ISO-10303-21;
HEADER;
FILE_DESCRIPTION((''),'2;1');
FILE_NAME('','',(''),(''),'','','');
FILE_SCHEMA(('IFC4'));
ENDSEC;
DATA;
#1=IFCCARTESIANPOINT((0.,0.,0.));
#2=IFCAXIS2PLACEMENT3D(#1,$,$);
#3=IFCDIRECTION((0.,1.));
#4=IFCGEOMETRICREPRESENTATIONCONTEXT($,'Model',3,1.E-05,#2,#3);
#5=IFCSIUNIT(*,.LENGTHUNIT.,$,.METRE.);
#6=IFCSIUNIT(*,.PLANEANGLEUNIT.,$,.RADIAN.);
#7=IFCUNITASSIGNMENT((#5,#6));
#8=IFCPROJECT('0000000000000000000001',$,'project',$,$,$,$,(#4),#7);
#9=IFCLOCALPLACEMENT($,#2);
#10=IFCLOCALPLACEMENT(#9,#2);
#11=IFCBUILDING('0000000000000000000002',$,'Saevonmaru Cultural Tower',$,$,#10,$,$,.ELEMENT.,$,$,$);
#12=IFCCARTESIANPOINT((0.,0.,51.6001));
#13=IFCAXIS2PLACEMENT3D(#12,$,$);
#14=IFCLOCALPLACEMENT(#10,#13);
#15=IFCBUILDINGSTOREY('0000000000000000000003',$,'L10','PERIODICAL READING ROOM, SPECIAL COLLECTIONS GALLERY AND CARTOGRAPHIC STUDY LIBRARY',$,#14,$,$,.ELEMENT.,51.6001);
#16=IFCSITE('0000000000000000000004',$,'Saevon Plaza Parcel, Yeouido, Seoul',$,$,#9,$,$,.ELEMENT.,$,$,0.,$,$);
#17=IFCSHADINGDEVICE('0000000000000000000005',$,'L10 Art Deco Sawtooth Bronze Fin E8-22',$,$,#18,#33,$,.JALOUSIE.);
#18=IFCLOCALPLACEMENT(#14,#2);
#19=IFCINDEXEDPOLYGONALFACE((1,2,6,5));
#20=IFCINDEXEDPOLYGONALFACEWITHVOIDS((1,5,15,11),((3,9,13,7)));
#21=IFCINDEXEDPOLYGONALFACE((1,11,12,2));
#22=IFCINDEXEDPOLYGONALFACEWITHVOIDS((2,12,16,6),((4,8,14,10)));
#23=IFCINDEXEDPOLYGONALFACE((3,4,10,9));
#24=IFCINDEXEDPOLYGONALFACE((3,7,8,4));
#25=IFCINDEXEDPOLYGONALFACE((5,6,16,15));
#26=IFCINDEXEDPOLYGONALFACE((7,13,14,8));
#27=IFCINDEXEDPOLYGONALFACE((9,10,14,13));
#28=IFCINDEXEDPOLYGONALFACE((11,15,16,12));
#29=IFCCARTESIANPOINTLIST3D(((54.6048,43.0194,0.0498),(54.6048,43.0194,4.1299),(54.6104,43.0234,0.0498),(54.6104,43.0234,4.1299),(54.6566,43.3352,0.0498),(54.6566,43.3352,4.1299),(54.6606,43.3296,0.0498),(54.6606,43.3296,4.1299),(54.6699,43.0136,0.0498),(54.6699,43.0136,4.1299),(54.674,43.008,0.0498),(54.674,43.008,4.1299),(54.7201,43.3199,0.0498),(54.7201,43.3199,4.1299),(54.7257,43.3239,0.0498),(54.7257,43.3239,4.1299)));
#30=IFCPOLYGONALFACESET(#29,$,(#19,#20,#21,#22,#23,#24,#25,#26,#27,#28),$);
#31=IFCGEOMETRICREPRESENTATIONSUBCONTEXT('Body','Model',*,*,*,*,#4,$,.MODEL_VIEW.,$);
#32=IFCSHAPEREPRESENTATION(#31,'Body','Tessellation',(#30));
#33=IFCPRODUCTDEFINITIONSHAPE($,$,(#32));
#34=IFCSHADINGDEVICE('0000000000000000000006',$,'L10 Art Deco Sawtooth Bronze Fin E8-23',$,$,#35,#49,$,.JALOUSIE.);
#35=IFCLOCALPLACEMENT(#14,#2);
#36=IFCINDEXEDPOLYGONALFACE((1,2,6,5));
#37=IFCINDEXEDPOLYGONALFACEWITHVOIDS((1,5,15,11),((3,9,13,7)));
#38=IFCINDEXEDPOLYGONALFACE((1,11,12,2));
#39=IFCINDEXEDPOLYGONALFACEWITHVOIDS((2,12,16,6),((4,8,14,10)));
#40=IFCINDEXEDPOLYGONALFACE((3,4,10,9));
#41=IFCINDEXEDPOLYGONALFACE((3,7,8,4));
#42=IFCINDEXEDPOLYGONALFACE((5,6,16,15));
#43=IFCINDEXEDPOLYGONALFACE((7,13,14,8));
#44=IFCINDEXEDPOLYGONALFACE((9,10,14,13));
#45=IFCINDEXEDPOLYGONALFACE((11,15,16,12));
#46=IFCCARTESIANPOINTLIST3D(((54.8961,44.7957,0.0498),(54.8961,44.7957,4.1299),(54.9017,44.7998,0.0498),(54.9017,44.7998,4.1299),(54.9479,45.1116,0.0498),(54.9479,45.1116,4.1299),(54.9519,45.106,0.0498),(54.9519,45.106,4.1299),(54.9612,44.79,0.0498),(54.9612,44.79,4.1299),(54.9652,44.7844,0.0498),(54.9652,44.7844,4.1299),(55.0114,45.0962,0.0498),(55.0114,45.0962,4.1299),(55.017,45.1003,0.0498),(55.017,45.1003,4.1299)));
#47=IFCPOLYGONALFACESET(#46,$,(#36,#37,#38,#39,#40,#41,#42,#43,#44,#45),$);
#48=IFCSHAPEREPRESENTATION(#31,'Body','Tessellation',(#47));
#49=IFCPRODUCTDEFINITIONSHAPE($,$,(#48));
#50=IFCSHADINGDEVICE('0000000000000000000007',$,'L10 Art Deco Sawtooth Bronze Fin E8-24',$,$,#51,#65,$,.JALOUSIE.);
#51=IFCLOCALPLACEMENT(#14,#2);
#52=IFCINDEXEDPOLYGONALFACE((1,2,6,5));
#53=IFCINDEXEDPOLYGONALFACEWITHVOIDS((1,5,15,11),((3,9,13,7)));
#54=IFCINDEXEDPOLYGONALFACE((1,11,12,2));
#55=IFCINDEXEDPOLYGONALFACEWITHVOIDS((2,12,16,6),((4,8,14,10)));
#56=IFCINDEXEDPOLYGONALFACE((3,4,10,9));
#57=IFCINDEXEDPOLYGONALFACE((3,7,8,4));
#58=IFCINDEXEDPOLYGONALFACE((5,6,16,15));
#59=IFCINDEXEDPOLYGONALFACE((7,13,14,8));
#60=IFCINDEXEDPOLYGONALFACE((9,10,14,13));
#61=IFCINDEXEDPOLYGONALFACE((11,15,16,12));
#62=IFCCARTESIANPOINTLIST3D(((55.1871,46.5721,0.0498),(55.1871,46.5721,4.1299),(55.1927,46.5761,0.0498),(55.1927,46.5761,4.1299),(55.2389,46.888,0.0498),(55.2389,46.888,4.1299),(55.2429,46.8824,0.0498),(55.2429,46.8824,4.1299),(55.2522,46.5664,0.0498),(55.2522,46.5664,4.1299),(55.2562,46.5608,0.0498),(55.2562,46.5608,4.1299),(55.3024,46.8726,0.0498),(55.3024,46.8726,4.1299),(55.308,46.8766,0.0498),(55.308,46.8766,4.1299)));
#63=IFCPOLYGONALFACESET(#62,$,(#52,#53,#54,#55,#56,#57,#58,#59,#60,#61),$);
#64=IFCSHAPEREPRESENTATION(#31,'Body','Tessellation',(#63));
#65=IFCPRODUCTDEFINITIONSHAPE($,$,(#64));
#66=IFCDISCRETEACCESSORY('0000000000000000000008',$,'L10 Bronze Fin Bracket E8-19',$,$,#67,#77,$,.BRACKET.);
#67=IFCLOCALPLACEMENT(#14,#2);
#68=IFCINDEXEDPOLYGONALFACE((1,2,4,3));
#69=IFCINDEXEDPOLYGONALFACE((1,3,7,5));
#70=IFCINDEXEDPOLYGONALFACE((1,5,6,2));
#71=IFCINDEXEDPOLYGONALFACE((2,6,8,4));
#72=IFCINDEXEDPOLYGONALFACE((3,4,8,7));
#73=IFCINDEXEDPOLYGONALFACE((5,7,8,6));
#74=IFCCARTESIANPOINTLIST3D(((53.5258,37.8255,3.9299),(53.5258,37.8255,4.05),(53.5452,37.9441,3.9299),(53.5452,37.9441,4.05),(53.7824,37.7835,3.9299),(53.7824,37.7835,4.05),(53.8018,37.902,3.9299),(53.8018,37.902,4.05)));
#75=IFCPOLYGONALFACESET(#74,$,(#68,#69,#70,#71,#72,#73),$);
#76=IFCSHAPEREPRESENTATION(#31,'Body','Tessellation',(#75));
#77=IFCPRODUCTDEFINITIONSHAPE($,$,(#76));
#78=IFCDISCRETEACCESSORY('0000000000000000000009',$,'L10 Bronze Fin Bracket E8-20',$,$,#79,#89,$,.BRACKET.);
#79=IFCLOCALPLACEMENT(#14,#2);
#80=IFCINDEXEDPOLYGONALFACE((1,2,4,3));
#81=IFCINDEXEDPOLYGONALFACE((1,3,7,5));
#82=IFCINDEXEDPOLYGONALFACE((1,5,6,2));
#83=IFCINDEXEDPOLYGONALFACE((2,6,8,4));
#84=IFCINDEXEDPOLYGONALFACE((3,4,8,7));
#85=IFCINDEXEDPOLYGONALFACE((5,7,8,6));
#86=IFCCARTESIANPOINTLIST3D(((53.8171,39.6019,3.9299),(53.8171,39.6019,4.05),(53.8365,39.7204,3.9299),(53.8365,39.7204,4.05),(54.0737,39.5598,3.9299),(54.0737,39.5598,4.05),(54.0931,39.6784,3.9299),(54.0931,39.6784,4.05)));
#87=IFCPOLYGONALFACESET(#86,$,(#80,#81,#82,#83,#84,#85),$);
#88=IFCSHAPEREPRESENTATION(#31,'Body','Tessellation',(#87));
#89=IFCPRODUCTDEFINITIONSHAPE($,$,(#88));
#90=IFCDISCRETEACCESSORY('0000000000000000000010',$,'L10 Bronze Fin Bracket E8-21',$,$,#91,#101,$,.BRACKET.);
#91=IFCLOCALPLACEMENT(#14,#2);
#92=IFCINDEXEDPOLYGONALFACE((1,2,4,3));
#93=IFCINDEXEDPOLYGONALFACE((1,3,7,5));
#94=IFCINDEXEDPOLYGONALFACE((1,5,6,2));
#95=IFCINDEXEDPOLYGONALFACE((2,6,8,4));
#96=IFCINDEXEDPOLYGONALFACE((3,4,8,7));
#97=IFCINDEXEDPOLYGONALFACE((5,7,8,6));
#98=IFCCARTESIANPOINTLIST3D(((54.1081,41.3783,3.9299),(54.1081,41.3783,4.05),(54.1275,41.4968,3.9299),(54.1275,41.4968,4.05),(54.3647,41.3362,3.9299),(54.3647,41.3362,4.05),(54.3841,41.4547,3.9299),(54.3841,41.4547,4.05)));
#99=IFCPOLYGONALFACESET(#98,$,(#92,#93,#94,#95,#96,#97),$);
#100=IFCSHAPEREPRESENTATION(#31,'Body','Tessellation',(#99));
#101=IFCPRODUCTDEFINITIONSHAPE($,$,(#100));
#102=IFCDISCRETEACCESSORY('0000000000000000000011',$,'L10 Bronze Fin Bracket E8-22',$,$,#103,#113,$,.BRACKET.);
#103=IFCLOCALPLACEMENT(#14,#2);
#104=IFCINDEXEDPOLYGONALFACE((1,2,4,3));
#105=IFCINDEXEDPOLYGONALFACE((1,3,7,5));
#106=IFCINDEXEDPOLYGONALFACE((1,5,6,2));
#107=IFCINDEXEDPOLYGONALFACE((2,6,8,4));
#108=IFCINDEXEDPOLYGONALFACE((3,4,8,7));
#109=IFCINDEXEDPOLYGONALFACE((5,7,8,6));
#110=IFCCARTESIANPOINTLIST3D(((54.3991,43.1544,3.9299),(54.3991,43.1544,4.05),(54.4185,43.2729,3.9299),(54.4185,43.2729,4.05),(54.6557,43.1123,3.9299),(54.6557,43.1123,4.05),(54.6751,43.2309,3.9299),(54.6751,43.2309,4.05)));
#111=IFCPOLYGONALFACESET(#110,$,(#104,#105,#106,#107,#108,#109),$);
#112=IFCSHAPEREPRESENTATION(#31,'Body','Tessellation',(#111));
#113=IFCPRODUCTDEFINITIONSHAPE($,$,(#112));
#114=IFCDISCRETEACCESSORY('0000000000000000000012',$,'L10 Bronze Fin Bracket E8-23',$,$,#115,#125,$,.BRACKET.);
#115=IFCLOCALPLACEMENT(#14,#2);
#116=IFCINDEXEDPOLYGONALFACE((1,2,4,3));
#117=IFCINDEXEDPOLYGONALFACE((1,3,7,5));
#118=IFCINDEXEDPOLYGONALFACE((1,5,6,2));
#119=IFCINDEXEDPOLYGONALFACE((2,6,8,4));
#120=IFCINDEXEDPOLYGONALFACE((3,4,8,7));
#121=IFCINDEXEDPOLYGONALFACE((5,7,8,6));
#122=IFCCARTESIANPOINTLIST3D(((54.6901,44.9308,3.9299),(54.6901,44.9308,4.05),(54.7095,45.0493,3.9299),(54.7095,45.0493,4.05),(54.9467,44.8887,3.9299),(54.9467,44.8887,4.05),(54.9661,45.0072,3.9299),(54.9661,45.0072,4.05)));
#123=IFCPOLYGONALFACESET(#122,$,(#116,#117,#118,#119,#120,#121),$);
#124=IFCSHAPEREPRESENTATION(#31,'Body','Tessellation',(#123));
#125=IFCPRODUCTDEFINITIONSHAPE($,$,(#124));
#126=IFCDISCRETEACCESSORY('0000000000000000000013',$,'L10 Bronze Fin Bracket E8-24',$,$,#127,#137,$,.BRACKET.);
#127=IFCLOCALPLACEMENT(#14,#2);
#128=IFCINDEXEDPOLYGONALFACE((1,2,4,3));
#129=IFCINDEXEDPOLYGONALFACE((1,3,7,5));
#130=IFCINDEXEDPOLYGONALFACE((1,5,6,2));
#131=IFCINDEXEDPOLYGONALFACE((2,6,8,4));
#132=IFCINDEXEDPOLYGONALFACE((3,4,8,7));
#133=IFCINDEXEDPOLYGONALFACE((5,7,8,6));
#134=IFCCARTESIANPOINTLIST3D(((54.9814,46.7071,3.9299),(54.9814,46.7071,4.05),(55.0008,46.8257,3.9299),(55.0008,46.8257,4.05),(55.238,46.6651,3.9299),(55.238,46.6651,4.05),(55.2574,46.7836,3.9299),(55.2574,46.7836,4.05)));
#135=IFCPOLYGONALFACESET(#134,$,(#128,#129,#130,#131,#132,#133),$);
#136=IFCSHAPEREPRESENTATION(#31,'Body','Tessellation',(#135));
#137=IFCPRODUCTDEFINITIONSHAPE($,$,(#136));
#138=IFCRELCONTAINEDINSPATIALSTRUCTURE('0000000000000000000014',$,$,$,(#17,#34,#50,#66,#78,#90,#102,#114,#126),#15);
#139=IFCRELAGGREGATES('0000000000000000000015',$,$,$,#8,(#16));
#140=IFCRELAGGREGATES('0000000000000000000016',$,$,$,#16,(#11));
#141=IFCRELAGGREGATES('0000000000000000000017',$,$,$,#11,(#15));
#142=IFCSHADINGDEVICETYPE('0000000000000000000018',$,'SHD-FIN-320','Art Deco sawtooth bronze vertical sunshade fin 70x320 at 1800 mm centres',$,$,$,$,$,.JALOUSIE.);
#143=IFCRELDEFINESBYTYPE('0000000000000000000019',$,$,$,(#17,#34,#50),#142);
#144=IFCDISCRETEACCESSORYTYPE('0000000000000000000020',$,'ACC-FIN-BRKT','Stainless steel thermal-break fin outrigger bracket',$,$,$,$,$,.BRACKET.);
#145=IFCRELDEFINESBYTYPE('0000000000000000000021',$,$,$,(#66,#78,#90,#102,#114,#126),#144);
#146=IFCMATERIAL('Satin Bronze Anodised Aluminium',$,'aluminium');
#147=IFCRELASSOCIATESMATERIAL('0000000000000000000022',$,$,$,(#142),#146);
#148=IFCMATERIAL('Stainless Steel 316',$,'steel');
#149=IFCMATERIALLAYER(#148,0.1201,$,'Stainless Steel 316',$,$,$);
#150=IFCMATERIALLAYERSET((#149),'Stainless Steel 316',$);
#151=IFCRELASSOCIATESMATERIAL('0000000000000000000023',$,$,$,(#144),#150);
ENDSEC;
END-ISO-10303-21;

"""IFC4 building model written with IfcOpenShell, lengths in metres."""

from ifc_helpers import new_model, si_unit, direction, frame, origin, origin_2d, place, context, subcontext, project, spatial, rectangle, hollow_rectangle, extrude, material, layer, layer_set, material_profile, profile_set, type_object, element, save


model = new_model("IFC4")

# Units and contexts
model_context = context("Model", 3, precision=1e-05, world=origin(), true_north=direction((0.0, 1.0)))
body_context = subcontext(model_context, "Body", "Model", "MODEL_VIEW")
ifc_project = project(units=[si_unit("LENGTHUNIT", "METRE"), si_unit("PLANEANGLEUNIT", "RADIAN")], contexts=[model_context])

# Site, building, storey
site_placement = place(None, origin())
site = spatial("IfcSite", under=ifc_project, at=site_placement, Name="Saevon Plaza Parcel, Yeouido, Seoul", CompositionType="ELEMENT", RefElevation=0.0)
building_placement = place(site_placement, origin())
building = spatial("IfcBuilding", under=site, at=building_placement, Name="Saevonmaru Cultural Tower", CompositionType="ELEMENT")
storey_placement = place(building_placement, frame((0.0, 0.0, 51.6001)))
storey = spatial("IfcBuildingStorey", under=building, at=storey_placement, Name="L10", Description="PERIODICAL READING ROOM, SPECIAL COLLECTIONS GALLERY AND CARTOGRAPHIC STUDY LIBRARY", CompositionType="ELEMENT", Elevation=51.6001)

# Shared definitions
ifc_material_1 = material(Name="Satin Bronze Anodised Aluminium", Category="aluminium")

# Shading devices
ifc_material_profile_1 = material_profile(ifc_material_1, hollow_rectangle(XDim=0.0701, YDim=0.3201, WallThickness=0.0049, at=origin_2d()), Name="FIN-320x70")
ifc_profile_set_1 = profile_set([ifc_material_profile_1], Name="Satin Bronze Anodised Aluminium")
shading_device_type = type_object("IfcShadingDeviceType", Name="SHD-FIN-320", Description="Art Deco sawtooth bronze vertical sunshade fin 70x320 at 1800 mm centres", PredefinedType="JALOUSIE", material=ifc_profile_set_1)
for number, where, z_axis, x_axis, name in (
    (1, (54.6653, 43.1716, 0.0498), (0.0, 0.0, 1.0), (0.986827, -0.161776, 0.0), "L10 Art Deco Sawtooth Bronze Fin E8-22"),
    (2, (54.9565, 44.948, 0.0498), (0.0, 0.0, 1.0), (0.986827, -0.161776, 0.0), "L10 Art Deco Sawtooth Bronze Fin E8-23"),
    (3, (55.2476, 46.7244, 0.0498), (0.0, 0.0, 1.0), (0.986827, -0.161776, 0.0), "L10 Art Deco Sawtooth Bronze Fin E8-24"),
):
    element("IfcShadingDevice", number, at=place(storey_placement, frame(where, z_axis=z_axis, x_axis=x_axis)), inside=storey, type_object=shading_device_type, Name=name, PredefinedType="JALOUSIE", context=body_context, shape_type="SweptSolid", body=[
        extrude(hollow_rectangle(XDim=0.0701, YDim=0.3201, WallThickness=0.0049, at=origin_2d()), origin(), (0.0, 0.0, 1.0), 4.0801),
    ])

# Discrete accessories
ifc_material_2 = material(Name="Stainless Steel 316", Category="steel")
ifc_layer_1 = layer(ifc_material_2, 0.1201, Name="Stainless Steel 316")
ifc_layer_set_1 = layer_set([ifc_layer_1], Name="Stainless Steel 316")
discrete_accessory_type = type_object("IfcDiscreteAccessoryType", Name="ACC-FIN-BRKT", Description="Stainless steel thermal-break fin outrigger bracket", PredefinedType="BRACKET", material=ifc_layer_set_1)
for number, where, z_axis, x_axis, name in (
    (4, (53.6638, 37.8638, 3.9299), (0.0, 0.0, 1.0), (0.986827, -0.161776, 0.0), "L10 Bronze Fin Bracket E8-19"),
    (5, (53.9551, 39.6401, 3.9299), (0.0, 0.0, 1.0), (0.986827, -0.161776, 0.0), "L10 Bronze Fin Bracket E8-20"),
    (6, (54.2461, 41.4165, 3.9299), (0.0, 0.0, 1.0), (0.986827, -0.161776, 0.0), "L10 Bronze Fin Bracket E8-21"),
    (7, (54.5371, 43.1926, 3.9299), (0.0, 0.0, 1.0), (0.986827, -0.161776, 0.0), "L10 Bronze Fin Bracket E8-22"),
    (8, (54.8281, 44.969, 3.9299), (0.0, 0.0, 1.0), (0.986827, -0.161776, 0.0), "L10 Bronze Fin Bracket E8-23"),
    (9, (55.1194, 46.7454, 3.9299), (0.0, 0.0, 1.0), (0.986827, -0.161776, 0.0), "L10 Bronze Fin Bracket E8-24"),
):
    element("IfcDiscreteAccessory", number, at=place(storey_placement, frame(where, z_axis=z_axis, x_axis=x_axis)), inside=storey, type_object=discrete_accessory_type, Name=name, PredefinedType="BRACKET", context=body_context, shape_type="SweptSolid", body=[
        extrude(rectangle(XDim=0.26, YDim=0.1201, at=origin_2d()), origin(), (0.0, 0.0, 1.0), 0.1201),
    ])

save(model, "model.ifc")
